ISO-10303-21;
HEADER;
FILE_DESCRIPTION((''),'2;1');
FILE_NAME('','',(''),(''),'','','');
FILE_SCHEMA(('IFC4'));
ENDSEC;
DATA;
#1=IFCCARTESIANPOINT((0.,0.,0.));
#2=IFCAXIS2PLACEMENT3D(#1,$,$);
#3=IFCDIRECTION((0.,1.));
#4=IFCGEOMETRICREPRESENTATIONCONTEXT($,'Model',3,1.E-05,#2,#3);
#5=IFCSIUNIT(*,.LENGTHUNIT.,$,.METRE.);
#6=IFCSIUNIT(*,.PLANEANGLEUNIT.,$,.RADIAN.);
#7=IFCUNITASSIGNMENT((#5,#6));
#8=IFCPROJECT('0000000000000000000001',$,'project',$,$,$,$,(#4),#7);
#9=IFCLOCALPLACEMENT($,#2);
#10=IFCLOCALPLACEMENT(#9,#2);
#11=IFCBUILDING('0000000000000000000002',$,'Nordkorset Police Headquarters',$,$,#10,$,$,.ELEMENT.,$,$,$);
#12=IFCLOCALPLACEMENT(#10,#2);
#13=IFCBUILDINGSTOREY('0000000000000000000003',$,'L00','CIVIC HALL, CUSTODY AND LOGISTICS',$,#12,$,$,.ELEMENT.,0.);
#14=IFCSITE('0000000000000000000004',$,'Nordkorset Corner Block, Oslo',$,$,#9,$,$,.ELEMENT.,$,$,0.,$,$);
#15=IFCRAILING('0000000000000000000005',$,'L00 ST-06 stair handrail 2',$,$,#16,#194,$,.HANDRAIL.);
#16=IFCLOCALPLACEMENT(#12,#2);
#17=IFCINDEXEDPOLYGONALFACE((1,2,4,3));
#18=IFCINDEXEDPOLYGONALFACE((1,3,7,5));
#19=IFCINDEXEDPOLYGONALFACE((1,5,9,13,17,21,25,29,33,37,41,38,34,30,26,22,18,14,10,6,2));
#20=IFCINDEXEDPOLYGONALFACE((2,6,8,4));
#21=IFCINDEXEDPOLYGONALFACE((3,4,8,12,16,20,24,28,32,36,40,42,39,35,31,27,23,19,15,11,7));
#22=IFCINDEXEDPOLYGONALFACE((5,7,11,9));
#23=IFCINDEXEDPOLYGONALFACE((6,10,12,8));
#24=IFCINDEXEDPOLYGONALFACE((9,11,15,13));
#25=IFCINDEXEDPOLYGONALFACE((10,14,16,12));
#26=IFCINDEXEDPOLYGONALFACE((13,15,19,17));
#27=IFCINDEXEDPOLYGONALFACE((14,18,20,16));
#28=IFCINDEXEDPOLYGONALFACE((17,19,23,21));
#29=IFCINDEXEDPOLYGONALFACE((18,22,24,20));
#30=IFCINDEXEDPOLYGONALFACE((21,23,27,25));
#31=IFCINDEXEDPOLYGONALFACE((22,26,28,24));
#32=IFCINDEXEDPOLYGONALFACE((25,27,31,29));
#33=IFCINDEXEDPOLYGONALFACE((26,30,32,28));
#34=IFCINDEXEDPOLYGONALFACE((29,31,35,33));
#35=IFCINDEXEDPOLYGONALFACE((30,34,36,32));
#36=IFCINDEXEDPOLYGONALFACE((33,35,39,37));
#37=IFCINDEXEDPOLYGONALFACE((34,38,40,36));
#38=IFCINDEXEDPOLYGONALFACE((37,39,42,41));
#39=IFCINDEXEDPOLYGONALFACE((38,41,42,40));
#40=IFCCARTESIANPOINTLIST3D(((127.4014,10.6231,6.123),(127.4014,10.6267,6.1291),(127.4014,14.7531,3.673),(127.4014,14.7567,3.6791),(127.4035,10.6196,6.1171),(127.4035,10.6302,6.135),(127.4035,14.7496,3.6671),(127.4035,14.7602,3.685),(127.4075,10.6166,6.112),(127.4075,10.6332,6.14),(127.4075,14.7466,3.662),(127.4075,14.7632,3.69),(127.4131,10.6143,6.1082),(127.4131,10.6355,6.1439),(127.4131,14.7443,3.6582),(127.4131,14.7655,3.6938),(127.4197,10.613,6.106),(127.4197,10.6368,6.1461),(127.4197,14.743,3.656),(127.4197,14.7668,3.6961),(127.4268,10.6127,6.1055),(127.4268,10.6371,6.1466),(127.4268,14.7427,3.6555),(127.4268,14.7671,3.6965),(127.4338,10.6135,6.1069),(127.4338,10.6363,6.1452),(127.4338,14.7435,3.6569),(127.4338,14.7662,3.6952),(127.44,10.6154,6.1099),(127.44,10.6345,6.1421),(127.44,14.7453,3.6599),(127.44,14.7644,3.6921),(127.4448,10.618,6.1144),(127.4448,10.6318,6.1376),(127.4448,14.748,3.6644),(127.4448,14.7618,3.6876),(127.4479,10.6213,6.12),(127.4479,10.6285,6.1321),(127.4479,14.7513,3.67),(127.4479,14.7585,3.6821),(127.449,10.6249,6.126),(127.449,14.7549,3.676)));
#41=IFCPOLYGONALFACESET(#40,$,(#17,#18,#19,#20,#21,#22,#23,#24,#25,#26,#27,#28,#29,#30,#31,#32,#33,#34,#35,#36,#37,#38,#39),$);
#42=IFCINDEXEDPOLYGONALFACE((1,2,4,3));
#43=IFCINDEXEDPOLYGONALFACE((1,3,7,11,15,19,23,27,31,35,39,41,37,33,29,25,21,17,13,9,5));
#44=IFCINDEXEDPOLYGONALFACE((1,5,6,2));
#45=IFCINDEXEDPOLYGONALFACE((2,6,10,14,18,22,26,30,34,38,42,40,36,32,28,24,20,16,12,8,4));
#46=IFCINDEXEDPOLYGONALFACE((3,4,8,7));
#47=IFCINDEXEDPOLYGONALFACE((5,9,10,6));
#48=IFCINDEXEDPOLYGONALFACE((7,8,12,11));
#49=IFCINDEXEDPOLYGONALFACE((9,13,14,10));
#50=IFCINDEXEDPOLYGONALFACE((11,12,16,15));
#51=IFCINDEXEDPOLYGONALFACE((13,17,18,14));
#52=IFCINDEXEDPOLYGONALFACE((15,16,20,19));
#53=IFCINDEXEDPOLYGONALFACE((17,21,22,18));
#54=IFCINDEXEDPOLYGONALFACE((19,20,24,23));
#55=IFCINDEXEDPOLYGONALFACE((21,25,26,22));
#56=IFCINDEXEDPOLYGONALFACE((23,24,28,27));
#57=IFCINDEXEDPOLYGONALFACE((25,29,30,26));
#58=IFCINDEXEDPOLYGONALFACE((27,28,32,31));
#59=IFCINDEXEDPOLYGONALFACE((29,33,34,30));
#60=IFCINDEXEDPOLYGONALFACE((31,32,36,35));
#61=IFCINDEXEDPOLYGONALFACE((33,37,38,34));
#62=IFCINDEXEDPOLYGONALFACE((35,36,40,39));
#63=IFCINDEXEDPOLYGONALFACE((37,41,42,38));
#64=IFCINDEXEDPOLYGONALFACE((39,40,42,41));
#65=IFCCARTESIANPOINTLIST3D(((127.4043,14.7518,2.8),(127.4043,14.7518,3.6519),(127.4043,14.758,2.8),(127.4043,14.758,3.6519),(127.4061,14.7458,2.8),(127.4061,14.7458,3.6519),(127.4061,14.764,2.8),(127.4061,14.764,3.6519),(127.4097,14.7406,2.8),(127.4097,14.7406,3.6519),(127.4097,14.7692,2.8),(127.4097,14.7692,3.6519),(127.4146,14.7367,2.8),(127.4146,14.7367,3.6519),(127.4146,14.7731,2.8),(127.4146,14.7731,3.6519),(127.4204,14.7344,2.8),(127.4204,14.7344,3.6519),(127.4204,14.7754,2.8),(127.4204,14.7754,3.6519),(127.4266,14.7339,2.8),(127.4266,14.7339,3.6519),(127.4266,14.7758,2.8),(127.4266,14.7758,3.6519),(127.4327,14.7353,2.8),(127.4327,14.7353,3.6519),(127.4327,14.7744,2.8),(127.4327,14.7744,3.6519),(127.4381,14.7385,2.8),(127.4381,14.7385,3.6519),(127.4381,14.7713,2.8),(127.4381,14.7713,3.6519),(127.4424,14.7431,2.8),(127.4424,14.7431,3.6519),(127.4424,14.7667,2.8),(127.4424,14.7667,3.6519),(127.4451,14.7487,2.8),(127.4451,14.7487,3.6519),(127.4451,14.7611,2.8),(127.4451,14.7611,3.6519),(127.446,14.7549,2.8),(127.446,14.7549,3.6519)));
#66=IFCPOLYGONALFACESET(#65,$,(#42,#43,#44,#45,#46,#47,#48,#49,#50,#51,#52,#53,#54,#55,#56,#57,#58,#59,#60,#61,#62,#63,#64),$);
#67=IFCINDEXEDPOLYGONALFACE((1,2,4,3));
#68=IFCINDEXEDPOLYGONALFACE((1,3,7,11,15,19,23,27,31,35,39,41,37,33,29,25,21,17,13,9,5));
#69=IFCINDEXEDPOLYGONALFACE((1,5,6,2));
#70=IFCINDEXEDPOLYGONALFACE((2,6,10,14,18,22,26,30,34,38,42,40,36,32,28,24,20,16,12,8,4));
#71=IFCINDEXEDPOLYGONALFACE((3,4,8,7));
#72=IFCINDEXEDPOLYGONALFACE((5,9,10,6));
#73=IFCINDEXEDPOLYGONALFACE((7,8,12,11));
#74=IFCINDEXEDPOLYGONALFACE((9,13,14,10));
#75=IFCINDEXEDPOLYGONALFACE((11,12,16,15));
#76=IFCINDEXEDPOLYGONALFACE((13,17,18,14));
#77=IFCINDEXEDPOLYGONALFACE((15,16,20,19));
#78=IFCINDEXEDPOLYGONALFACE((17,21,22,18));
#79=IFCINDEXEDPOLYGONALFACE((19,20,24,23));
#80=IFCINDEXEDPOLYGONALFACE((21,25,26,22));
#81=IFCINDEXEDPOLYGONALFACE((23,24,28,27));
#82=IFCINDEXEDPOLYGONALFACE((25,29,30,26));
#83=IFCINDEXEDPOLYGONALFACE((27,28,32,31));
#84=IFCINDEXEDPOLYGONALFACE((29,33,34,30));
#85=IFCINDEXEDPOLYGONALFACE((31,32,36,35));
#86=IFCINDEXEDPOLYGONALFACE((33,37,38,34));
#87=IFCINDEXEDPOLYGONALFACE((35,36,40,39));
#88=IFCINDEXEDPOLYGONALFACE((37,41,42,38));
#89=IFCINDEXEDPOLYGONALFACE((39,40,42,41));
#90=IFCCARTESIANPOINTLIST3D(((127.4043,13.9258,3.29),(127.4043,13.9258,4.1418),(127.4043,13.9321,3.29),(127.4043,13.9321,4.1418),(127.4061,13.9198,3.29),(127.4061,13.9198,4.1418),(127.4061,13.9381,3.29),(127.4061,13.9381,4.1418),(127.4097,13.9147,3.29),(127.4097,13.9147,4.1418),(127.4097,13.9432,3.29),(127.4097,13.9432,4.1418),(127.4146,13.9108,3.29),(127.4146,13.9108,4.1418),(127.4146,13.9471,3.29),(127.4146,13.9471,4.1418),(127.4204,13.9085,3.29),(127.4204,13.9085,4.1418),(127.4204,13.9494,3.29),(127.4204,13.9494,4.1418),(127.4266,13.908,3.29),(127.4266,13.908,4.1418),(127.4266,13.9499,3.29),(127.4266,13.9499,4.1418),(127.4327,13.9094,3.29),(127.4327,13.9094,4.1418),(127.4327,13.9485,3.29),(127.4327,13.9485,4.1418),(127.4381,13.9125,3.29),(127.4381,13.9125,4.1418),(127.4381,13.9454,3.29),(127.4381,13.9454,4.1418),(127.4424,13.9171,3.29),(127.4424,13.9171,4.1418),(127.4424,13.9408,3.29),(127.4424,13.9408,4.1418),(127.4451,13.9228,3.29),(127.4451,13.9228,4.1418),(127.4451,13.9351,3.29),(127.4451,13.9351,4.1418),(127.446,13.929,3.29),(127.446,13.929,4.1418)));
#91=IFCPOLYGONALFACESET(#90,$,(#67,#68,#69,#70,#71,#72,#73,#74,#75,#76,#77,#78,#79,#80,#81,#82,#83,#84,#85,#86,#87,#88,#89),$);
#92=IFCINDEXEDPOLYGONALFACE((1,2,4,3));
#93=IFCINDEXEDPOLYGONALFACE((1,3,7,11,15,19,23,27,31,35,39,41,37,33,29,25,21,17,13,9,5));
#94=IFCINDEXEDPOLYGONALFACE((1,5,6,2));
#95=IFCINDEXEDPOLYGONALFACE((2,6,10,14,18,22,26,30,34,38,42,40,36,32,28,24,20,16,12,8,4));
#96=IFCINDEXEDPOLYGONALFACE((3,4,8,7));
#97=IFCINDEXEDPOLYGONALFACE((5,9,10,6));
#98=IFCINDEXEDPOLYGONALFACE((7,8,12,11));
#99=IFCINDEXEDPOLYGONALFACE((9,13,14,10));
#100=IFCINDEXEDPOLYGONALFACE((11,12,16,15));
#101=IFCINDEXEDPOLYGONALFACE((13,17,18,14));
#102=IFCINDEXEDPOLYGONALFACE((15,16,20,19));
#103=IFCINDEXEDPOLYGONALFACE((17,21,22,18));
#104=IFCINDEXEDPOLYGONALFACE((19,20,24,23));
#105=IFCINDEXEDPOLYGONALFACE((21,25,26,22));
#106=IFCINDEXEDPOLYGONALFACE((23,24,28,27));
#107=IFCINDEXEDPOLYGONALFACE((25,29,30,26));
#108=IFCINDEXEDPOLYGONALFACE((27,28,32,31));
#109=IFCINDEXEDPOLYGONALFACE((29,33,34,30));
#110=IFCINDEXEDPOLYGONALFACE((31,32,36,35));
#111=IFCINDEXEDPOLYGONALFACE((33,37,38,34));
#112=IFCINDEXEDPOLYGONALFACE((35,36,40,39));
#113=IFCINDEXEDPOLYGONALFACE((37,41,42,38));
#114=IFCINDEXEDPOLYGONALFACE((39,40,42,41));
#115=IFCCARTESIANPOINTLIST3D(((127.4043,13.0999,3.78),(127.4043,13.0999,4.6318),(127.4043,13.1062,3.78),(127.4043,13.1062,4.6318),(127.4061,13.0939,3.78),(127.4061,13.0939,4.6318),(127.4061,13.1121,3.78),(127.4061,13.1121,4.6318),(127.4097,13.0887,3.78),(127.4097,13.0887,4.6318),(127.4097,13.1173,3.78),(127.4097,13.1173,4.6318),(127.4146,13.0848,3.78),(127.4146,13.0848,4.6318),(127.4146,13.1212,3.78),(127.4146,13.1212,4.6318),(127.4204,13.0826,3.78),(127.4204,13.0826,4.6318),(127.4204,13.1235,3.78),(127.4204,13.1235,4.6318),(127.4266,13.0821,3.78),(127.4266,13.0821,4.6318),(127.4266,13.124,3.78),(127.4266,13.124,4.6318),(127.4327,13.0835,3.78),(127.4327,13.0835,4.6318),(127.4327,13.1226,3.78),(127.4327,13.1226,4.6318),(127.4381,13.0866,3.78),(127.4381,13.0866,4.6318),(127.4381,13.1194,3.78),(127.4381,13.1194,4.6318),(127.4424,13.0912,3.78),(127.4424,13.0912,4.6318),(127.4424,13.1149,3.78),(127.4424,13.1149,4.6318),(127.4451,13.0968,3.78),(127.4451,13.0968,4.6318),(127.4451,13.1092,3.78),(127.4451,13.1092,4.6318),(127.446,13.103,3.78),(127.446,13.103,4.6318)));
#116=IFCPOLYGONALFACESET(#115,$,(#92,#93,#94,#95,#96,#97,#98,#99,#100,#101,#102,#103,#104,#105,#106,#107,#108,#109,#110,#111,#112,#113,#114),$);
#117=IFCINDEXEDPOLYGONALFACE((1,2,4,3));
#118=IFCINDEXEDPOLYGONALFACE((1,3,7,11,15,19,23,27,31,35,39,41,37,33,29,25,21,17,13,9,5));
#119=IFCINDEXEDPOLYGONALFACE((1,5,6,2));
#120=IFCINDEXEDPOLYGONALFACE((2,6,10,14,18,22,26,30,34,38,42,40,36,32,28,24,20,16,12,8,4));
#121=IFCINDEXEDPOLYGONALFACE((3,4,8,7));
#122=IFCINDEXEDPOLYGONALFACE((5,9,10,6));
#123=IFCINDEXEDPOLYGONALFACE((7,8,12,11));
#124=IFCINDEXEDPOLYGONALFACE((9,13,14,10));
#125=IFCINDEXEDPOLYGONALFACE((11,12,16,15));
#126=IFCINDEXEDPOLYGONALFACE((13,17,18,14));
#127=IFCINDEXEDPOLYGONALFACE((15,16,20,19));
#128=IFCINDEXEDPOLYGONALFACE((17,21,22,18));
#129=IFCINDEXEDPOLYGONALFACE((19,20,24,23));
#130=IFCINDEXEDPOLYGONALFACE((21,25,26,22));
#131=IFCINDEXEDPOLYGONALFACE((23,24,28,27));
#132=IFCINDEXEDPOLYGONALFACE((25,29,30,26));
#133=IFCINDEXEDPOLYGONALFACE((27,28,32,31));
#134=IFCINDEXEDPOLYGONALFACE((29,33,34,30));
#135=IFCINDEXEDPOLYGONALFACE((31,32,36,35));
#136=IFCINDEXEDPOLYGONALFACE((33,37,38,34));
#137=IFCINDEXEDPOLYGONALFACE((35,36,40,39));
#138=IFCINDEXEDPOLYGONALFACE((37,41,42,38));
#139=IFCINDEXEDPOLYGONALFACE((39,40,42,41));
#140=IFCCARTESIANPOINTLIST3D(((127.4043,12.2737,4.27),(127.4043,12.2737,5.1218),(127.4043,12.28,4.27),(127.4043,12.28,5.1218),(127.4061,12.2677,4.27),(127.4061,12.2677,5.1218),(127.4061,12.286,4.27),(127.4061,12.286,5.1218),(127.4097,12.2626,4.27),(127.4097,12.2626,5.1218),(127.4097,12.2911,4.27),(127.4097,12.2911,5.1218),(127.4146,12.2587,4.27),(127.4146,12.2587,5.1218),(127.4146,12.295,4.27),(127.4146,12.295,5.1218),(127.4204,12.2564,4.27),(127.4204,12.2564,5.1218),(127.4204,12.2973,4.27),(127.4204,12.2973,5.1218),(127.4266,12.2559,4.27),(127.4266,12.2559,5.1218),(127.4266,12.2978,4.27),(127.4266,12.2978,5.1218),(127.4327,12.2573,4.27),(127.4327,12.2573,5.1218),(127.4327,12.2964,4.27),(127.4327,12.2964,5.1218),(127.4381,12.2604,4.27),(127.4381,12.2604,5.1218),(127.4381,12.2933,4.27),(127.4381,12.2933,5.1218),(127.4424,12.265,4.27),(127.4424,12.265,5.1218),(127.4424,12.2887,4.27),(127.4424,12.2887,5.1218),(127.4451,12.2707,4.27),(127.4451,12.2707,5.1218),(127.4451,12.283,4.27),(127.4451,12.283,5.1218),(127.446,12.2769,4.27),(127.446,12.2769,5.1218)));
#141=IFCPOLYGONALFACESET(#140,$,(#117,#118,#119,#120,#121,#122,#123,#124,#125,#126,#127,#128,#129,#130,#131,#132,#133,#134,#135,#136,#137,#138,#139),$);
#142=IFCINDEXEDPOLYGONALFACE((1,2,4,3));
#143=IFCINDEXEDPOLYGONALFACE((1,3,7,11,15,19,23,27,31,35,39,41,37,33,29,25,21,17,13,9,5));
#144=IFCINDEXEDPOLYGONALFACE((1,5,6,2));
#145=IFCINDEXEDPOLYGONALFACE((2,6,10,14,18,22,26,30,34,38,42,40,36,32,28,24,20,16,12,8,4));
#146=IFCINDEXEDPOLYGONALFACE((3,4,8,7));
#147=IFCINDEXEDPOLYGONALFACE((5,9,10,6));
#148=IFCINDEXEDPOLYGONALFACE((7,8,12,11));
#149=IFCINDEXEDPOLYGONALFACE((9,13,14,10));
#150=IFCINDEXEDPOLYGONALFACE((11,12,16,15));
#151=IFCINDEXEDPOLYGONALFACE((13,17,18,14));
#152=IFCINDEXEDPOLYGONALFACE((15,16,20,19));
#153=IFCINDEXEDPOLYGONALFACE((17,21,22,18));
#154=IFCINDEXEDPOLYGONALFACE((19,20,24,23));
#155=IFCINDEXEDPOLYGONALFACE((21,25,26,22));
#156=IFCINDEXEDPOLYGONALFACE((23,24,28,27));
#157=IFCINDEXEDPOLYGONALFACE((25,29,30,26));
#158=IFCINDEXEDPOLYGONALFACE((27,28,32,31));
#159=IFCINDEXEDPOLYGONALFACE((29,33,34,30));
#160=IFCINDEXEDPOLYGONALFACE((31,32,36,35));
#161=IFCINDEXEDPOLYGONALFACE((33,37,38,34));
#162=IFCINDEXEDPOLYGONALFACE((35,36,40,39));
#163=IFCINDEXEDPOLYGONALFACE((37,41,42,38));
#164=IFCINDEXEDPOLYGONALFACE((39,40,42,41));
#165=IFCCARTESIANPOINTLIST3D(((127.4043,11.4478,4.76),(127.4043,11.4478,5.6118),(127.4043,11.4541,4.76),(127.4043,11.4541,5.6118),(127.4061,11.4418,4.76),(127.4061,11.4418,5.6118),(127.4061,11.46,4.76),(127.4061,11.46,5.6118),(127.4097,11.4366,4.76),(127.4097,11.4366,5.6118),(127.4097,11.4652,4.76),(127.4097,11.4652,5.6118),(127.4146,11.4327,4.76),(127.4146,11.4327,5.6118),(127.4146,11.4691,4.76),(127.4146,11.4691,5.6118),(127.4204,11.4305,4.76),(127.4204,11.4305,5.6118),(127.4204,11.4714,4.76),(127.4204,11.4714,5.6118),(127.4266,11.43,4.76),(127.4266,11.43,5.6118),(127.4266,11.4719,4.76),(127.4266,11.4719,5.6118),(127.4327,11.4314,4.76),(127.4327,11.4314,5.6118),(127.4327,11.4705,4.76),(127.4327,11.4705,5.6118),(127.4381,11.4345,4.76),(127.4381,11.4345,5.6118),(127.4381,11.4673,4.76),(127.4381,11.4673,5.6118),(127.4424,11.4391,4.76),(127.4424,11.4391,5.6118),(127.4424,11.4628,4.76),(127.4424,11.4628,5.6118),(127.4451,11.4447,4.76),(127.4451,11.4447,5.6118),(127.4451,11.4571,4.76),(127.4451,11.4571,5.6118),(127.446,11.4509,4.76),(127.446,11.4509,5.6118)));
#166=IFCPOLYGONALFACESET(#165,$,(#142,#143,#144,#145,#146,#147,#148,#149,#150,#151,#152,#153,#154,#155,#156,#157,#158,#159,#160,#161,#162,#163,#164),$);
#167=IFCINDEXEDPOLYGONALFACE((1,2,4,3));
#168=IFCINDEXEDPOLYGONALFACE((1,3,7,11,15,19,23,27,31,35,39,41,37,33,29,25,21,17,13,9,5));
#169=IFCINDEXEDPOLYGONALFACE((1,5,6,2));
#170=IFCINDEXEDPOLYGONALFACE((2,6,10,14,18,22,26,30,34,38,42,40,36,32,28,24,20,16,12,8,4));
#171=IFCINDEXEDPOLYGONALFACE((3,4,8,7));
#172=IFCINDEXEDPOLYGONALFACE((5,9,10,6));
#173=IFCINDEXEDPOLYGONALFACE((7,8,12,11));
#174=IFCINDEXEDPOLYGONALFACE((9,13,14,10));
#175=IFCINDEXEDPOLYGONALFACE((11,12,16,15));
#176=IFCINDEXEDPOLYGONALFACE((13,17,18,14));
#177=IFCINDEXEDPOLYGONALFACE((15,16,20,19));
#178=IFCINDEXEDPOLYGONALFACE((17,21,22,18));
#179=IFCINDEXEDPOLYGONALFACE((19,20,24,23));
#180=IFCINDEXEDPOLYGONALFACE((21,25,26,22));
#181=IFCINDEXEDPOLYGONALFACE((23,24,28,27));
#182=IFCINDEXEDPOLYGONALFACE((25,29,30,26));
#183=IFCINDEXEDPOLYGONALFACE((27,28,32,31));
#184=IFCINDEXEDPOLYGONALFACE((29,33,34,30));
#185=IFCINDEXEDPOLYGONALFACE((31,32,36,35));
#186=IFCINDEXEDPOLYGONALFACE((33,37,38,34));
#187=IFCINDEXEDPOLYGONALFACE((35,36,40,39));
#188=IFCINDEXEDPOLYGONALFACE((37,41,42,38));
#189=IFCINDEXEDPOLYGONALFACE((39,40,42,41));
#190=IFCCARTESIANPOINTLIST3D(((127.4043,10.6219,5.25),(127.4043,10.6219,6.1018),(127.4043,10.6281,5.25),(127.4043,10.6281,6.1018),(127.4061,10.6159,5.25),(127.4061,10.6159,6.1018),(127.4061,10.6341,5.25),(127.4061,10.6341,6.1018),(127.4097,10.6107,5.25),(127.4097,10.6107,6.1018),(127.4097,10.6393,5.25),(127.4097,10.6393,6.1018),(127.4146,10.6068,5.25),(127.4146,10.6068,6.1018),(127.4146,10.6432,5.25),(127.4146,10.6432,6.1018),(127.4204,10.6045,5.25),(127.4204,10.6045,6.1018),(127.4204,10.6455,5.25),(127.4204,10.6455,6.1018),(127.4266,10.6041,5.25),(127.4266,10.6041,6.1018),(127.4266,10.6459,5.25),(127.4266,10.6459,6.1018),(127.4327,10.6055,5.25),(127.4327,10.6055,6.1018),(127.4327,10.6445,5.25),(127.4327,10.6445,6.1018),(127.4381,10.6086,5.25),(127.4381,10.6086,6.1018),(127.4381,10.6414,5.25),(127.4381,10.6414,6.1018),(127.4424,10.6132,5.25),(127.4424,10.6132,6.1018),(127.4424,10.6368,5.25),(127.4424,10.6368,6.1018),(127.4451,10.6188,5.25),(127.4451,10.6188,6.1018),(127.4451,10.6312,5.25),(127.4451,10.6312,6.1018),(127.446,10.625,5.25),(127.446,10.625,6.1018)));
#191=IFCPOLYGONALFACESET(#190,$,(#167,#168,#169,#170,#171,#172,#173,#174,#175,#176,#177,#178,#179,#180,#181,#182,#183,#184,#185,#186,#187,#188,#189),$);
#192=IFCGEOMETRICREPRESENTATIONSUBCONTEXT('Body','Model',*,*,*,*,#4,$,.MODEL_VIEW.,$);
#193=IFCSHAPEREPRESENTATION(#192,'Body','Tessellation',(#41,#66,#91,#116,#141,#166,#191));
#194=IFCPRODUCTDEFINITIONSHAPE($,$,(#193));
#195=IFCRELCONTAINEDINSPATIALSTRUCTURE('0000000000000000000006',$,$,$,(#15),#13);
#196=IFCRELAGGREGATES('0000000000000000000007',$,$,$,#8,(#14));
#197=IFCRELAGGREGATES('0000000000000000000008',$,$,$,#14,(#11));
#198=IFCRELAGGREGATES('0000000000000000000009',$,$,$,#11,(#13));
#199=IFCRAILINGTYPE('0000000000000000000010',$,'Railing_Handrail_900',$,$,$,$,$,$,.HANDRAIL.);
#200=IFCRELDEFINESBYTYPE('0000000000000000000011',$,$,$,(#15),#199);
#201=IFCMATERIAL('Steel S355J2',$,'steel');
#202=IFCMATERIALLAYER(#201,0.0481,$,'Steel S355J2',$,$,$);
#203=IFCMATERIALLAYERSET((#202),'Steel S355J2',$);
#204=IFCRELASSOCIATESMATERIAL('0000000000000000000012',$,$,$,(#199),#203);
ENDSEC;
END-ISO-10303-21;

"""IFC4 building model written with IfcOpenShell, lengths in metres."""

from ifc_helpers import new_model, si_unit, direction, frame, origin, origin_2d, place, context, subcontext, project, spatial, circle, extrude, material, layer, layer_set, type_object, element, save


model = new_model("IFC4")

# Units and contexts
model_context = context("Model", 3, precision=1e-05, world=origin(), true_north=direction((0.0, 1.0)))
body_context = subcontext(model_context, "Body", "Model", "MODEL_VIEW")
ifc_project = project(units=[si_unit("LENGTHUNIT", "METRE"), si_unit("PLANEANGLEUNIT", "RADIAN")], contexts=[model_context])

# Site, building, storey
site_placement = place(None, origin())
site = spatial("IfcSite", under=ifc_project, at=site_placement, Name="Nordkorset Corner Block, Oslo", CompositionType="ELEMENT", RefElevation=0.0)
building_placement = place(site_placement, origin())
building = spatial("IfcBuilding", under=site, at=building_placement, Name="Nordkorset Police Headquarters", CompositionType="ELEMENT")
storey_placement = place(building_placement, origin())
storey = spatial("IfcBuildingStorey", under=building, at=storey_placement, Name="L00", Description="CIVIC HALL, CUSTODY AND LOGISTICS", CompositionType="ELEMENT", Elevation=0.0)

# Railing
ifc_material_1 = material(Name="Steel S355J2", Category="steel")
ifc_layer_1 = layer(ifc_material_1, 0.0481, Name="Steel S355J2")
ifc_layer_set_1 = layer_set([ifc_layer_1], Name="Steel S355J2")
railing_type_1 = type_object("IfcRailingType", Name="Railing_Handrail_900", PredefinedType="HANDRAIL", material=ifc_layer_set_1)
railing_1_placement = place(storey_placement, frame((127.425, 14.7549, 2.8)))
element("IfcRailing", 1, at=railing_1_placement, inside=storey, type_object=railing_type_1, Name="L00 ST-06 stair handrail 2", PredefinedType="HANDRAIL", context=body_context, shape_type="SweptSolid", body=[
    extrude(circle(Radius=0.0239, at=origin_2d()), frame((0.0, 0.0, 0.876), z_axis=(0.0, -0.860053, 0.510205), x_axis=(1.0, 0.0, 0.0)), (0.0, 0.0, 1.0), 4.802),
    extrude(circle(Radius=0.021, at=origin_2d()), origin(), (0.0, 0.0, 1.0), 0.8518),
    extrude(circle(Radius=0.021, at=origin_2d()), frame((0.0, -0.8259, 0.49)), (0.0, 0.0, 1.0), 0.8518),
    extrude(circle(Radius=0.021, at=origin_2d()), frame((0.0, -1.6519, 0.98)), (0.0, 0.0, 1.0), 0.8518),
    extrude(circle(Radius=0.021, at=origin_2d()), frame((0.0, -2.478, 1.47)), (0.0, 0.0, 1.0), 0.8518),
    extrude(circle(Radius=0.021, at=origin_2d()), frame((0.0, -3.304, 1.96)), (0.0, 0.0, 1.0), 0.8518),
    extrude(circle(Radius=0.021, at=origin_2d()), frame((0.0, -4.1299, 2.45)), (0.0, 0.0, 1.0), 0.8518),
])

save(model, "model.ifc")
